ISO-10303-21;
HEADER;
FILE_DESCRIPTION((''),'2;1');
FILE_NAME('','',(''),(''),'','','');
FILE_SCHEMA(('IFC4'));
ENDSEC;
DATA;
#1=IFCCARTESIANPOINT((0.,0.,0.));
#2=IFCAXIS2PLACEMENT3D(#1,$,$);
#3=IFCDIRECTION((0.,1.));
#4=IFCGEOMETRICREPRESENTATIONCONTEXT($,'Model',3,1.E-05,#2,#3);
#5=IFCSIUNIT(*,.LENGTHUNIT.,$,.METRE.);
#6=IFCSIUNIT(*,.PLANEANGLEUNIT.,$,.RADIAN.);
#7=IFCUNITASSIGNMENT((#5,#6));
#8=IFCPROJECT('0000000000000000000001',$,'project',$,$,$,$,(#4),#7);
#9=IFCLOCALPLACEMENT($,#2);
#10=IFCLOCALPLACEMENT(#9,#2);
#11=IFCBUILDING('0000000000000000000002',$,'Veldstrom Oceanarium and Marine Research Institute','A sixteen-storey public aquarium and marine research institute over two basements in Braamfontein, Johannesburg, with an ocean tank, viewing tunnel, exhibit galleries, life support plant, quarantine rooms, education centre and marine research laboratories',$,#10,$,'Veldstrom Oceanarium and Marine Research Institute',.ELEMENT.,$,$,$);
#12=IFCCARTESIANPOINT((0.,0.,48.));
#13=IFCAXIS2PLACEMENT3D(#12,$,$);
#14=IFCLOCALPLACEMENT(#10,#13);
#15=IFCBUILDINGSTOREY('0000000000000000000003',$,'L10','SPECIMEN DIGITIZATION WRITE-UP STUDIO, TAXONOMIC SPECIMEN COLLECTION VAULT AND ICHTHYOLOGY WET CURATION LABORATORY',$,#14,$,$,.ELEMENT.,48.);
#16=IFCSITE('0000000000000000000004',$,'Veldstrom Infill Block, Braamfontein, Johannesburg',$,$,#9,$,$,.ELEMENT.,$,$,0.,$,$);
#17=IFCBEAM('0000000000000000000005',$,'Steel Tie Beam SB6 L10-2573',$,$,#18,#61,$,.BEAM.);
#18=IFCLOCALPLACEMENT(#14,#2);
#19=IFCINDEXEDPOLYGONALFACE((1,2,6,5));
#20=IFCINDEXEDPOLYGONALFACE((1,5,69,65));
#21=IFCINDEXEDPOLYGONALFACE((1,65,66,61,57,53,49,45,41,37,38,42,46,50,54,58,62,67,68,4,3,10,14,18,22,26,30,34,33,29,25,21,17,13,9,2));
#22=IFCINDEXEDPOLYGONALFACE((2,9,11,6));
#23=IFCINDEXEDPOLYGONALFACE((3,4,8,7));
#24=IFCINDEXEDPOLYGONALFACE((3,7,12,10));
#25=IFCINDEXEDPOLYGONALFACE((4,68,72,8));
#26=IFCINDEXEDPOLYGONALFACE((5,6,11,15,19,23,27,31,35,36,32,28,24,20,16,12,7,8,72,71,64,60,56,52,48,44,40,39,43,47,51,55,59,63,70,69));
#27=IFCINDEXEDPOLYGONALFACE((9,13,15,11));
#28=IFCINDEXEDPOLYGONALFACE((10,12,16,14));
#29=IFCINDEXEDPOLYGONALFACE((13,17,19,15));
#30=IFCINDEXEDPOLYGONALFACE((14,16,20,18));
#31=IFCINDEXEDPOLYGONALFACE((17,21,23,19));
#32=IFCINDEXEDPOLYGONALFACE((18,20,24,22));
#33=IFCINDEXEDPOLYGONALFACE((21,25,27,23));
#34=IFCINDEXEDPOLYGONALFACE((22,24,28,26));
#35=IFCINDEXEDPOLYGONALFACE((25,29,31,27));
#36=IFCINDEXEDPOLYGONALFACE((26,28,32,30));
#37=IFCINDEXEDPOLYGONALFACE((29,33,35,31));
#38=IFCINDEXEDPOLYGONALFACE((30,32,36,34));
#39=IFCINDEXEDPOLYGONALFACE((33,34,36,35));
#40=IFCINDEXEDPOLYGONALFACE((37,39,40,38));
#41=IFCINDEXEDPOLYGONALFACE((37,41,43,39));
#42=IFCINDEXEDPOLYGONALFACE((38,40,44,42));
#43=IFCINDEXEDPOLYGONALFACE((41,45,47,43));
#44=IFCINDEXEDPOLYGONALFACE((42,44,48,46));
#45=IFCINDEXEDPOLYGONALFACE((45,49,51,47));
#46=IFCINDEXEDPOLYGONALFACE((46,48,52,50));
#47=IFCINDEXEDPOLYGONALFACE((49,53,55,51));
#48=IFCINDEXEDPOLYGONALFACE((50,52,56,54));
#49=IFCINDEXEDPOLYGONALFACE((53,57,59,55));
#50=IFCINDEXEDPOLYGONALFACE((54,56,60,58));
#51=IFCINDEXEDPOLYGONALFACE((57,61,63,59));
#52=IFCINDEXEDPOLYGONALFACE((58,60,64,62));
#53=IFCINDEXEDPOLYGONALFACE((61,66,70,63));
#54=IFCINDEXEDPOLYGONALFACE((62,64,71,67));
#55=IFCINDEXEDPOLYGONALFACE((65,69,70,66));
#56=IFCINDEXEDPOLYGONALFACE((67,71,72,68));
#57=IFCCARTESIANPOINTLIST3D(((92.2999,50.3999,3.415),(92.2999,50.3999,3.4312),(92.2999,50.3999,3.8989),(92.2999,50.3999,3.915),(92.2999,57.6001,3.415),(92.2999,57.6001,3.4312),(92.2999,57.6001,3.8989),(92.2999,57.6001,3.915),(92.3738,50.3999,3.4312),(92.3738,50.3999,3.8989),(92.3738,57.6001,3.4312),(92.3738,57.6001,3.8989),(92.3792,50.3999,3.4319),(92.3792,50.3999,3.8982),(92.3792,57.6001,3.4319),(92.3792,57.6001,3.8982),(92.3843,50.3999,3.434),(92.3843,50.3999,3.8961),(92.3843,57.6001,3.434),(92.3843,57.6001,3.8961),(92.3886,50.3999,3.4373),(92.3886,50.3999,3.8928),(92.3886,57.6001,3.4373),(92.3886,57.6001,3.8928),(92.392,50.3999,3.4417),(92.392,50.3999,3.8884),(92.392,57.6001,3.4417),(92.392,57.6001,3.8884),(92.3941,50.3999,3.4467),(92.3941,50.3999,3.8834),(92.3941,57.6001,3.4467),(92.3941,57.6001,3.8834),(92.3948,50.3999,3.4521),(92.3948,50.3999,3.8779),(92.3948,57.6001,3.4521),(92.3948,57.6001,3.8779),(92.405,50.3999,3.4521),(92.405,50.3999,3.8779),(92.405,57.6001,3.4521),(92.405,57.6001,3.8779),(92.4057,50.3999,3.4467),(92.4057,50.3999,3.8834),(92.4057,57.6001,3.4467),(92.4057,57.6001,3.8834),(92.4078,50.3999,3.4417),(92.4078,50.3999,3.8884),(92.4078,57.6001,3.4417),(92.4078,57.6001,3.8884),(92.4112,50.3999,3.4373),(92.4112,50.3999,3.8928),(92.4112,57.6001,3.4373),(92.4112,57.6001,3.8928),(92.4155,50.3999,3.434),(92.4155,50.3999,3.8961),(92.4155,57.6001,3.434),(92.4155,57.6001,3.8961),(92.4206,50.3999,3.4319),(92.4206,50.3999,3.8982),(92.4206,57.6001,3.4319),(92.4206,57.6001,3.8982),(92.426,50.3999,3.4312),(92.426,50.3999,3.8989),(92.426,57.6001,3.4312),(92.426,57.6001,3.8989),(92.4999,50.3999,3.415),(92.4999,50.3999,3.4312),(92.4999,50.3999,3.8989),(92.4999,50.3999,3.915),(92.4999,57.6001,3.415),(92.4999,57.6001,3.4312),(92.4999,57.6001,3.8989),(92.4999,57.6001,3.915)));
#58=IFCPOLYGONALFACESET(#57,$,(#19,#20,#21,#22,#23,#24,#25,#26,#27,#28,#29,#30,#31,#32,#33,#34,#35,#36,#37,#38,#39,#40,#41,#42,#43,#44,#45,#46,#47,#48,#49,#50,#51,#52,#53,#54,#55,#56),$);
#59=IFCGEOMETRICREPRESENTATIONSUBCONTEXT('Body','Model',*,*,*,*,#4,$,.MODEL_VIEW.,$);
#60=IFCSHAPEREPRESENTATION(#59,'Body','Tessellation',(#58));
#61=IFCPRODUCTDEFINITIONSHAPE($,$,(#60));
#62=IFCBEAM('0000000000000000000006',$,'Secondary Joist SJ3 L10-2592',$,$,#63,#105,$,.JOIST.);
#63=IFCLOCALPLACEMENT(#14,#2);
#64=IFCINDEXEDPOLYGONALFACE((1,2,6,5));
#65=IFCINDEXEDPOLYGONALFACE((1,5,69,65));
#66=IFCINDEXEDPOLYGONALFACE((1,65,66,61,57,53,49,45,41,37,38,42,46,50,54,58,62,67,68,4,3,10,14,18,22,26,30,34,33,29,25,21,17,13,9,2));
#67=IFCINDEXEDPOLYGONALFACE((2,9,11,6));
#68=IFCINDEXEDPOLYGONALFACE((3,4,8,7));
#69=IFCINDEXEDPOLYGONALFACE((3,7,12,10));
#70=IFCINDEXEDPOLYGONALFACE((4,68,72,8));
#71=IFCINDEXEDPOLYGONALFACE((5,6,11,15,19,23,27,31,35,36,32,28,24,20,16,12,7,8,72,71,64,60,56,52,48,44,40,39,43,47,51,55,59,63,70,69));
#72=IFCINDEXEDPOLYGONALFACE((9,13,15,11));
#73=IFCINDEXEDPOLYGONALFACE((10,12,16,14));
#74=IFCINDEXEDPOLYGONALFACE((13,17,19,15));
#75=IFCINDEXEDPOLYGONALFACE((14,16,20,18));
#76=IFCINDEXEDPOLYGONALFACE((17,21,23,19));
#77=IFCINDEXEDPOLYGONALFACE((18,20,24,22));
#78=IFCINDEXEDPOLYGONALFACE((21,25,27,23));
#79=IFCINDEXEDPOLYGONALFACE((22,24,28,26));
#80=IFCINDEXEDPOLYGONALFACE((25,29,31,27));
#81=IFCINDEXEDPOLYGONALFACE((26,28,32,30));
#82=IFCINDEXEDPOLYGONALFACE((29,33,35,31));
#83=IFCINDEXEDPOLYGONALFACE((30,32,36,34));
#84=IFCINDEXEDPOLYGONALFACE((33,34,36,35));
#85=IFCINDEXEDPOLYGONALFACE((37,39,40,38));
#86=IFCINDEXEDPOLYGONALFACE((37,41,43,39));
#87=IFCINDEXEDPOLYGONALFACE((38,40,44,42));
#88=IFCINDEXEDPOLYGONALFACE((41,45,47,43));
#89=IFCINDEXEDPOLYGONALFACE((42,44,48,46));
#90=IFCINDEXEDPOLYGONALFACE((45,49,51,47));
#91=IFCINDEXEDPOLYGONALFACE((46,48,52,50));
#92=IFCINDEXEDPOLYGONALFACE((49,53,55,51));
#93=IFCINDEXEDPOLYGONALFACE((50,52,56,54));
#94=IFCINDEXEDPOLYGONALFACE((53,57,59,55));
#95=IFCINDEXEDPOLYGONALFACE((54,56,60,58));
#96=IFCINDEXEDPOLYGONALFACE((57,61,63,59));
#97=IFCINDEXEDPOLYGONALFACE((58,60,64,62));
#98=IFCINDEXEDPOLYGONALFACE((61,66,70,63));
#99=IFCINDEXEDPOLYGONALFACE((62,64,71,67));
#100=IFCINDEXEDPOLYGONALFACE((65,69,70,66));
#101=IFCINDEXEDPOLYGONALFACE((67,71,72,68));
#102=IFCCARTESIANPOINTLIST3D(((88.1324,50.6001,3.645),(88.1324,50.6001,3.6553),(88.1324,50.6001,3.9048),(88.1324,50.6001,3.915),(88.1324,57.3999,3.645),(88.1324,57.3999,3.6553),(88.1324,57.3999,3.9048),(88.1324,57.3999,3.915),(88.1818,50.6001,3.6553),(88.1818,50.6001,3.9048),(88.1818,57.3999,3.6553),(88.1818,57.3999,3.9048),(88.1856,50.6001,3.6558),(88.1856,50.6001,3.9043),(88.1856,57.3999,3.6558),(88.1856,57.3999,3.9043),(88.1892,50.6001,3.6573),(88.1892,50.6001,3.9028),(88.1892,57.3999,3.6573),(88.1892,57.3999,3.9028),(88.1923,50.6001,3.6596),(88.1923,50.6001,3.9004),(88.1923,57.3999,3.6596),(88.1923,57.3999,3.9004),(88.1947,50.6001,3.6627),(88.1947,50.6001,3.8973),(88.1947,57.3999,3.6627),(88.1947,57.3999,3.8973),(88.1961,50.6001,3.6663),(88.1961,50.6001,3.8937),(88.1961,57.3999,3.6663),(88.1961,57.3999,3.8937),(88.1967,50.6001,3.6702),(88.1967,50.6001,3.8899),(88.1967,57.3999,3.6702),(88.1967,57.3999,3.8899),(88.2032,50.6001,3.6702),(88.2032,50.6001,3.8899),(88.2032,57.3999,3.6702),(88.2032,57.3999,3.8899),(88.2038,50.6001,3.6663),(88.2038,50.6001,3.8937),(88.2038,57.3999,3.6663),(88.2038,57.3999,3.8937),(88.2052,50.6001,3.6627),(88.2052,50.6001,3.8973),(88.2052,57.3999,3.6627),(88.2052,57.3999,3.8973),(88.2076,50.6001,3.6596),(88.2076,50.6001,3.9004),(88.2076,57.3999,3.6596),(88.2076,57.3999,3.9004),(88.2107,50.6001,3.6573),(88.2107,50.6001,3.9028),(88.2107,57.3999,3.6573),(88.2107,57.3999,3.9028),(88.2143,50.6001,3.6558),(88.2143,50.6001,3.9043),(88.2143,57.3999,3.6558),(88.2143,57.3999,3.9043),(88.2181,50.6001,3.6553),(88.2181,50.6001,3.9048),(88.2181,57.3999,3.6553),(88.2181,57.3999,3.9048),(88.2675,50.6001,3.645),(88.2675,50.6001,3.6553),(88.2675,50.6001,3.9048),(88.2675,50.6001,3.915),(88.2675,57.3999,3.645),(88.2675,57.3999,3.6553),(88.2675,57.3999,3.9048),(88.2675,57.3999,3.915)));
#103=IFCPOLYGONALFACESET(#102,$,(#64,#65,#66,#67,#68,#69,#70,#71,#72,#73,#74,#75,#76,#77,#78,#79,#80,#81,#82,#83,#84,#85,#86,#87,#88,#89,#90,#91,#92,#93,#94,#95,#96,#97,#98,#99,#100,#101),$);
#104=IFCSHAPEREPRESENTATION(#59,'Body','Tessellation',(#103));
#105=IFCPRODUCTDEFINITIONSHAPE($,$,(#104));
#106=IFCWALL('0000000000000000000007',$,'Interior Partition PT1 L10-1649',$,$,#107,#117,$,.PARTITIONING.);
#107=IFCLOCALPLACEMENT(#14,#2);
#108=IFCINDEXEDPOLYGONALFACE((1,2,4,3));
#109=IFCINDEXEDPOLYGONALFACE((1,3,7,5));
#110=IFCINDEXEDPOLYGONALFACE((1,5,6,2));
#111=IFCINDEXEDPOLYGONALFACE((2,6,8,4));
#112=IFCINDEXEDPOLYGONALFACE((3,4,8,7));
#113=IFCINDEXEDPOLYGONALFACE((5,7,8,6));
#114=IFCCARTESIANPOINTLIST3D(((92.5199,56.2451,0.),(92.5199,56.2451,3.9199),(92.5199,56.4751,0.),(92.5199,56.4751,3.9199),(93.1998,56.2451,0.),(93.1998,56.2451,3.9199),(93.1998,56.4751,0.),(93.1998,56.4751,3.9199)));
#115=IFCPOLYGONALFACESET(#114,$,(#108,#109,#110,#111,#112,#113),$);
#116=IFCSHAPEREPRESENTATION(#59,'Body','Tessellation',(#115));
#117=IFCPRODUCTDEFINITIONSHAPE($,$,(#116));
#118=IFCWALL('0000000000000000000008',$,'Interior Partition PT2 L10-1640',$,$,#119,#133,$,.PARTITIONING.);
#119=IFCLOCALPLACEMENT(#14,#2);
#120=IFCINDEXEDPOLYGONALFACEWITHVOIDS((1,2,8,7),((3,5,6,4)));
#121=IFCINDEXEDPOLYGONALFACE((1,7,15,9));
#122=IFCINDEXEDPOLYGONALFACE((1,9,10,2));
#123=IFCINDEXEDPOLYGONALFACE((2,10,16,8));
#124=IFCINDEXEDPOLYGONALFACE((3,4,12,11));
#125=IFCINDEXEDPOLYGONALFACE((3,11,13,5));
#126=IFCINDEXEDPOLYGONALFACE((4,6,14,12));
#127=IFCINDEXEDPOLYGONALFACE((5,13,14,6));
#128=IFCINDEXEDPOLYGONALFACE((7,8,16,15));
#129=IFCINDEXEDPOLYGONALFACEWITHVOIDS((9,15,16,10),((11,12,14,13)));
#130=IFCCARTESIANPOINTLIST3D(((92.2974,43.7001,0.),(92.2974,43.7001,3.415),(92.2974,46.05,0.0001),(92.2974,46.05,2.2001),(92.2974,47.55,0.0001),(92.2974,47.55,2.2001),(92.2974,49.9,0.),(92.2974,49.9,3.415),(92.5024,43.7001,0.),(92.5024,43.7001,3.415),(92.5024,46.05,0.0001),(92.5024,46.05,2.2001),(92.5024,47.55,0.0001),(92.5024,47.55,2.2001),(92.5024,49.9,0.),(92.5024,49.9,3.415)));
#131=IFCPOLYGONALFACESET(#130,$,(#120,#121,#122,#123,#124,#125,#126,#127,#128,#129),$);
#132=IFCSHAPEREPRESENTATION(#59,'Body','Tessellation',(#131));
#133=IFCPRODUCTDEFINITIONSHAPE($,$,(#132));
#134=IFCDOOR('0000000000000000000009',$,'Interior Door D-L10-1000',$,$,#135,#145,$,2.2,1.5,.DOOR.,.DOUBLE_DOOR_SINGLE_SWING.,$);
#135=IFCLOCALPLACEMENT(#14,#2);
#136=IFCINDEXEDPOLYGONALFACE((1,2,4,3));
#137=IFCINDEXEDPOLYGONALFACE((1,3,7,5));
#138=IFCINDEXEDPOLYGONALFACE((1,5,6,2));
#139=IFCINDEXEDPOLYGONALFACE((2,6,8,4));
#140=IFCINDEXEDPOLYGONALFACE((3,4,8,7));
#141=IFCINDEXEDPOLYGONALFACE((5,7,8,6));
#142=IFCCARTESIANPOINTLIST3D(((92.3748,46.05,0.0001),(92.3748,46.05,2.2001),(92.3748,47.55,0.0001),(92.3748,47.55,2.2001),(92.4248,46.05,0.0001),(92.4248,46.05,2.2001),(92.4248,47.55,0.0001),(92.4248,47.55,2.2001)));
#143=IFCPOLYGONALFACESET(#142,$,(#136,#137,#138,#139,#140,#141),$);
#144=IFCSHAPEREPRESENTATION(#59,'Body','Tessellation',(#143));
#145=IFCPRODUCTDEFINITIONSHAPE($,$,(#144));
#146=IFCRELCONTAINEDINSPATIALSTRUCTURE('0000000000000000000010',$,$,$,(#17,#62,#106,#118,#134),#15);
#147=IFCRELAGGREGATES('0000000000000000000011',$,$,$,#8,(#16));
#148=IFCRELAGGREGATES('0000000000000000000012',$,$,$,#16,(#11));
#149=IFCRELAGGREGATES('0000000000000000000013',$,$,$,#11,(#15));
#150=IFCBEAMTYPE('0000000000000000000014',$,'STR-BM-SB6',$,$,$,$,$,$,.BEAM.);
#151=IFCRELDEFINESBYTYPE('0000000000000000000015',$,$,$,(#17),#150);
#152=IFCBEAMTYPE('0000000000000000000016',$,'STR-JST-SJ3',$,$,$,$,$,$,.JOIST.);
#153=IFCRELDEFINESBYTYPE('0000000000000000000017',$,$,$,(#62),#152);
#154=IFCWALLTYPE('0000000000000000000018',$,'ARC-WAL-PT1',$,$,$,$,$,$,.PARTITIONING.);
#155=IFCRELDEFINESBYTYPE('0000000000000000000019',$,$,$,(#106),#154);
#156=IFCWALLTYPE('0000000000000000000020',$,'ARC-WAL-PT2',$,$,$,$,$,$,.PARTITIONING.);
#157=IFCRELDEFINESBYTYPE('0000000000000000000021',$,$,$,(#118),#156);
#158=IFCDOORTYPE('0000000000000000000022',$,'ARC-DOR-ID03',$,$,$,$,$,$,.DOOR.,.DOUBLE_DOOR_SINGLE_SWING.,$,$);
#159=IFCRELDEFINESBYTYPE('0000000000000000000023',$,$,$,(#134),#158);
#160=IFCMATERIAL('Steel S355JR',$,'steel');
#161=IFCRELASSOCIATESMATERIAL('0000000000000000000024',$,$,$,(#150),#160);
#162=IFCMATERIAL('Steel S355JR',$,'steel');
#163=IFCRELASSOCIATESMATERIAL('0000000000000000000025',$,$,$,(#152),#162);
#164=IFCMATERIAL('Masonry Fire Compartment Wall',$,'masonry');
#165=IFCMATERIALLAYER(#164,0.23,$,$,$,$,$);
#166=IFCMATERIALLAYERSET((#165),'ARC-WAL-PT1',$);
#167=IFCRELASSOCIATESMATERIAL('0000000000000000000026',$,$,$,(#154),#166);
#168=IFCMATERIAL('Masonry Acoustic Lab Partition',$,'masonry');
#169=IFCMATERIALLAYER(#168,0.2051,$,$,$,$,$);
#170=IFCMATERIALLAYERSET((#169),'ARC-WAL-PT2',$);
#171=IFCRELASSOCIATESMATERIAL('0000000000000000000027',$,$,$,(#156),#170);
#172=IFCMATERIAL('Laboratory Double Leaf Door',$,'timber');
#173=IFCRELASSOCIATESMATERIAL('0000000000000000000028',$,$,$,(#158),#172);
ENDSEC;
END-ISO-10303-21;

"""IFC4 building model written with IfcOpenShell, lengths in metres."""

from ifc_helpers import new_model, si_unit, direction, frame, frame_2d, origin, origin_2d, place, context, subcontext, project, spatial, rectangle, i_section, extrude, material, layer, layer_set, material_profile, profile_set, type_object, element, fill, save


model = new_model("IFC4")

# Units and contexts
model_context = context("Model", 3, precision=1e-05, world=origin(), true_north=direction((0.0, 1.0)))
body_context = subcontext(model_context, "Body", "Model", "MODEL_VIEW")
ifc_project = project(units=[si_unit("LENGTHUNIT", "METRE"), si_unit("PLANEANGLEUNIT", "RADIAN")], contexts=[model_context])

# Site, building, storey
site_placement = place(None, origin())
site = spatial("IfcSite", under=ifc_project, at=site_placement, Name="Veldstrom Infill Block, Braamfontein, Johannesburg", CompositionType="ELEMENT", RefElevation=0.0)
building_placement = place(site_placement, origin())
building = spatial("IfcBuilding", under=site, at=building_placement, Name="Veldstrom Oceanarium and Marine Research Institute", Description="A sixteen-storey public aquarium and marine research institute over two basements in Braamfontein, Johannesburg, with an ocean tank, viewing tunnel, exhibit galleries, life support plant, quarantine rooms, education centre and marine research laboratories", LongName="Veldstrom Oceanarium and Marine Research Institute", CompositionType="ELEMENT")
storey_placement = place(building_placement, frame((0.0, 0.0, 48.0)))
storey = spatial("IfcBuildingStorey", under=building, at=storey_placement, Name="L10", Description="SPECIMEN DIGITIZATION WRITE-UP STUDIO, TAXONOMIC SPECIMEN COLLECTION VAULT AND ICHTHYOLOGY WET CURATION LABORATORY", CompositionType="ELEMENT", Elevation=48.0)

# Beams
ifc_material_1 = material(Name="Steel S355JR", Category="steel")
ifc_material_profile_1 = material_profile(ifc_material_1, i_section(OverallWidth=0.2, OverallDepth=0.5, WebThickness=0.0103, FlangeThickness=0.0161, FilletRadius=0.021, at=origin_2d()), Name="IPE 500")
ifc_profile_set_1 = profile_set([ifc_material_profile_1], Name="Steel S355JR")
beam_type_1 = type_object("IfcBeamType", Name="STR-BM-SB6", PredefinedType="BEAM", material=ifc_profile_set_1)
beam_1_placement = place(storey_placement, frame((92.3999, 50.3999, 3.665), z_axis=(0.0, 1.0, 0.0), x_axis=(-1.0, 0.0, 0.0)))
element("IfcBeam", 1, at=beam_1_placement, inside=storey, type_object=beam_type_1, Name="Steel Tie Beam SB6 L10-2573", PredefinedType="BEAM", context=body_context, shape_type="SweptSolid", body=[
    extrude(i_section(OverallWidth=0.2, OverallDepth=0.5, WebThickness=0.0103, FlangeThickness=0.0161, FilletRadius=0.021, at=origin_2d()), origin(), (0.0, 0.0, 1.0), 7.2002),
])
ifc_material_2 = material(Name="Steel S355JR", Category="steel")
ifc_material_profile_2 = material_profile(ifc_material_2, i_section(OverallWidth=0.135, OverallDepth=0.27, WebThickness=0.0066, FlangeThickness=0.0103, FilletRadius=0.0149, at=origin_2d()), Name="IPE 270")
ifc_profile_set_2 = profile_set([ifc_material_profile_2], Name="Steel S355JR")
beam_type_2 = type_object("IfcBeamType", Name="STR-JST-SJ3", PredefinedType="JOIST", material=ifc_profile_set_2)
beam_2_placement = place(storey_placement, frame((88.2, 50.6001, 3.78), z_axis=(0.0, 1.0, 0.0), x_axis=(-1.0, 0.0, 0.0)))
element("IfcBeam", 2, at=beam_2_placement, inside=storey, type_object=beam_type_2, Name="Secondary Joist SJ3 L10-2592", PredefinedType="JOIST", context=body_context, shape_type="SweptSolid", body=[
    extrude(i_section(OverallWidth=0.135, OverallDepth=0.27, WebThickness=0.0066, FlangeThickness=0.0103, FilletRadius=0.0149, at=origin_2d()), origin(), (0.0, 0.0, 1.0), 6.7998),
])

# Shared definitions
ifc_material_3 = material(Name="Masonry Fire Compartment Wall", Category="masonry")
ifc_layer_1 = layer(ifc_material_3, 0.23)
ifc_layer_set_1 = layer_set([ifc_layer_1], Name="ARC-WAL-PT1")
wall_type_1 = type_object("IfcWallType", Name="ARC-WAL-PT1", PredefinedType="PARTITIONING", material=ifc_layer_set_1)

# Wall
wall_1_placement = place(storey_placement, frame((92.52, 56.3601, 0.0), z_axis=(0.0, 0.0, 1.0), x_axis=(1.0, 0.0, 0.0)))
element("IfcWall", 3, at=wall_1_placement, inside=storey, type_object=wall_type_1, Name="Interior Partition PT1 L10-1649", PredefinedType="PARTITIONING", context=body_context, shape_type="SweptSolid", body=[
    extrude(rectangle(XDim=0.6799, YDim=0.23, at=frame_2d((0.3398, 0.0))), origin(), (0.0, 0.0, 1.0), 3.9199),
])

# Wall, opening, door
ifc_material_4 = material(Name="Masonry Acoustic Lab Partition", Category="masonry")
ifc_layer_2 = layer(ifc_material_4, 0.2051)
ifc_layer_set_2 = layer_set([ifc_layer_2], Name="ARC-WAL-PT2")
wall_type_2 = type_object("IfcWallType", Name="ARC-WAL-PT2", PredefinedType="PARTITIONING", material=ifc_layer_set_2)
wall_2_placement = place(storey_placement, frame((92.3999, 43.7, 0.0), z_axis=(0.0, 0.0, 1.0), x_axis=(0.0, 1.0, 0.0)))
wall_2 = element("IfcWall", 4, at=wall_2_placement, inside=storey, type_object=wall_type_2, Name="Interior Partition PT2 L10-1640", PredefinedType="PARTITIONING", context=body_context, shape_type="SweptSolid", body=[
    extrude(rectangle(XDim=6.2, YDim=0.2051, at=frame_2d((3.1001, 0.0))), origin(), (0.0, 0.0, 1.0), 3.415),
])
opening_1_placement = place(wall_2_placement, frame((2.3501, 0.0, 0.0)))
opening_1 = element("IfcOpeningElement", 5, at=opening_1_placement, cuts=wall_2, PredefinedType="OPENING", context=body_context, shape_type="SweptSolid", body=[
    extrude(rectangle(XDim=1.5, YDim=2.2, at=frame_2d((0.75, 1.1001))), frame((0.0, 0.1125, 0.0), z_axis=(0.0, -1.0, 0.0), x_axis=(1.0, 0.0, 0.0)), (0.0, 0.0, 1.0), 0.2251),
])
ifc_material_5 = material(Name="Laboratory Double Leaf Door", Category="timber")
door_type_1 = type_object("IfcDoorType", Name="ARC-DOR-ID03", OperationType="DOUBLE_DOOR_SINGLE_SWING", PredefinedType="DOOR", material=ifc_material_5)
door_1_placement = place(opening_1_placement, frame((1.5, 0.0, 0.0), z_axis=(0.0, 0.0, 1.0), x_axis=(-1.0, 0.0, 0.0)))
door_1 = element("IfcDoor", 6, at=door_1_placement, inside=storey, type_object=door_type_1, Name="Interior Door D-L10-1000", OperationType="DOUBLE_DOOR_SINGLE_SWING", OverallHeight=2.2, OverallWidth=1.5, PredefinedType="DOOR", context=body_context, shape_type="SweptSolid", body=[
    extrude(rectangle(XDim=1.5, YDim=2.2, at=frame_2d((0.75, 1.1001))), frame((0.0, 0.0249, 0.0), z_axis=(0.0, -1.0, 0.0), x_axis=(1.0, 0.0, 0.0)), (0.0, 0.0, 1.0), 0.05),
])
fill(opening_1, door_1)

save(model, "model.ifc")
